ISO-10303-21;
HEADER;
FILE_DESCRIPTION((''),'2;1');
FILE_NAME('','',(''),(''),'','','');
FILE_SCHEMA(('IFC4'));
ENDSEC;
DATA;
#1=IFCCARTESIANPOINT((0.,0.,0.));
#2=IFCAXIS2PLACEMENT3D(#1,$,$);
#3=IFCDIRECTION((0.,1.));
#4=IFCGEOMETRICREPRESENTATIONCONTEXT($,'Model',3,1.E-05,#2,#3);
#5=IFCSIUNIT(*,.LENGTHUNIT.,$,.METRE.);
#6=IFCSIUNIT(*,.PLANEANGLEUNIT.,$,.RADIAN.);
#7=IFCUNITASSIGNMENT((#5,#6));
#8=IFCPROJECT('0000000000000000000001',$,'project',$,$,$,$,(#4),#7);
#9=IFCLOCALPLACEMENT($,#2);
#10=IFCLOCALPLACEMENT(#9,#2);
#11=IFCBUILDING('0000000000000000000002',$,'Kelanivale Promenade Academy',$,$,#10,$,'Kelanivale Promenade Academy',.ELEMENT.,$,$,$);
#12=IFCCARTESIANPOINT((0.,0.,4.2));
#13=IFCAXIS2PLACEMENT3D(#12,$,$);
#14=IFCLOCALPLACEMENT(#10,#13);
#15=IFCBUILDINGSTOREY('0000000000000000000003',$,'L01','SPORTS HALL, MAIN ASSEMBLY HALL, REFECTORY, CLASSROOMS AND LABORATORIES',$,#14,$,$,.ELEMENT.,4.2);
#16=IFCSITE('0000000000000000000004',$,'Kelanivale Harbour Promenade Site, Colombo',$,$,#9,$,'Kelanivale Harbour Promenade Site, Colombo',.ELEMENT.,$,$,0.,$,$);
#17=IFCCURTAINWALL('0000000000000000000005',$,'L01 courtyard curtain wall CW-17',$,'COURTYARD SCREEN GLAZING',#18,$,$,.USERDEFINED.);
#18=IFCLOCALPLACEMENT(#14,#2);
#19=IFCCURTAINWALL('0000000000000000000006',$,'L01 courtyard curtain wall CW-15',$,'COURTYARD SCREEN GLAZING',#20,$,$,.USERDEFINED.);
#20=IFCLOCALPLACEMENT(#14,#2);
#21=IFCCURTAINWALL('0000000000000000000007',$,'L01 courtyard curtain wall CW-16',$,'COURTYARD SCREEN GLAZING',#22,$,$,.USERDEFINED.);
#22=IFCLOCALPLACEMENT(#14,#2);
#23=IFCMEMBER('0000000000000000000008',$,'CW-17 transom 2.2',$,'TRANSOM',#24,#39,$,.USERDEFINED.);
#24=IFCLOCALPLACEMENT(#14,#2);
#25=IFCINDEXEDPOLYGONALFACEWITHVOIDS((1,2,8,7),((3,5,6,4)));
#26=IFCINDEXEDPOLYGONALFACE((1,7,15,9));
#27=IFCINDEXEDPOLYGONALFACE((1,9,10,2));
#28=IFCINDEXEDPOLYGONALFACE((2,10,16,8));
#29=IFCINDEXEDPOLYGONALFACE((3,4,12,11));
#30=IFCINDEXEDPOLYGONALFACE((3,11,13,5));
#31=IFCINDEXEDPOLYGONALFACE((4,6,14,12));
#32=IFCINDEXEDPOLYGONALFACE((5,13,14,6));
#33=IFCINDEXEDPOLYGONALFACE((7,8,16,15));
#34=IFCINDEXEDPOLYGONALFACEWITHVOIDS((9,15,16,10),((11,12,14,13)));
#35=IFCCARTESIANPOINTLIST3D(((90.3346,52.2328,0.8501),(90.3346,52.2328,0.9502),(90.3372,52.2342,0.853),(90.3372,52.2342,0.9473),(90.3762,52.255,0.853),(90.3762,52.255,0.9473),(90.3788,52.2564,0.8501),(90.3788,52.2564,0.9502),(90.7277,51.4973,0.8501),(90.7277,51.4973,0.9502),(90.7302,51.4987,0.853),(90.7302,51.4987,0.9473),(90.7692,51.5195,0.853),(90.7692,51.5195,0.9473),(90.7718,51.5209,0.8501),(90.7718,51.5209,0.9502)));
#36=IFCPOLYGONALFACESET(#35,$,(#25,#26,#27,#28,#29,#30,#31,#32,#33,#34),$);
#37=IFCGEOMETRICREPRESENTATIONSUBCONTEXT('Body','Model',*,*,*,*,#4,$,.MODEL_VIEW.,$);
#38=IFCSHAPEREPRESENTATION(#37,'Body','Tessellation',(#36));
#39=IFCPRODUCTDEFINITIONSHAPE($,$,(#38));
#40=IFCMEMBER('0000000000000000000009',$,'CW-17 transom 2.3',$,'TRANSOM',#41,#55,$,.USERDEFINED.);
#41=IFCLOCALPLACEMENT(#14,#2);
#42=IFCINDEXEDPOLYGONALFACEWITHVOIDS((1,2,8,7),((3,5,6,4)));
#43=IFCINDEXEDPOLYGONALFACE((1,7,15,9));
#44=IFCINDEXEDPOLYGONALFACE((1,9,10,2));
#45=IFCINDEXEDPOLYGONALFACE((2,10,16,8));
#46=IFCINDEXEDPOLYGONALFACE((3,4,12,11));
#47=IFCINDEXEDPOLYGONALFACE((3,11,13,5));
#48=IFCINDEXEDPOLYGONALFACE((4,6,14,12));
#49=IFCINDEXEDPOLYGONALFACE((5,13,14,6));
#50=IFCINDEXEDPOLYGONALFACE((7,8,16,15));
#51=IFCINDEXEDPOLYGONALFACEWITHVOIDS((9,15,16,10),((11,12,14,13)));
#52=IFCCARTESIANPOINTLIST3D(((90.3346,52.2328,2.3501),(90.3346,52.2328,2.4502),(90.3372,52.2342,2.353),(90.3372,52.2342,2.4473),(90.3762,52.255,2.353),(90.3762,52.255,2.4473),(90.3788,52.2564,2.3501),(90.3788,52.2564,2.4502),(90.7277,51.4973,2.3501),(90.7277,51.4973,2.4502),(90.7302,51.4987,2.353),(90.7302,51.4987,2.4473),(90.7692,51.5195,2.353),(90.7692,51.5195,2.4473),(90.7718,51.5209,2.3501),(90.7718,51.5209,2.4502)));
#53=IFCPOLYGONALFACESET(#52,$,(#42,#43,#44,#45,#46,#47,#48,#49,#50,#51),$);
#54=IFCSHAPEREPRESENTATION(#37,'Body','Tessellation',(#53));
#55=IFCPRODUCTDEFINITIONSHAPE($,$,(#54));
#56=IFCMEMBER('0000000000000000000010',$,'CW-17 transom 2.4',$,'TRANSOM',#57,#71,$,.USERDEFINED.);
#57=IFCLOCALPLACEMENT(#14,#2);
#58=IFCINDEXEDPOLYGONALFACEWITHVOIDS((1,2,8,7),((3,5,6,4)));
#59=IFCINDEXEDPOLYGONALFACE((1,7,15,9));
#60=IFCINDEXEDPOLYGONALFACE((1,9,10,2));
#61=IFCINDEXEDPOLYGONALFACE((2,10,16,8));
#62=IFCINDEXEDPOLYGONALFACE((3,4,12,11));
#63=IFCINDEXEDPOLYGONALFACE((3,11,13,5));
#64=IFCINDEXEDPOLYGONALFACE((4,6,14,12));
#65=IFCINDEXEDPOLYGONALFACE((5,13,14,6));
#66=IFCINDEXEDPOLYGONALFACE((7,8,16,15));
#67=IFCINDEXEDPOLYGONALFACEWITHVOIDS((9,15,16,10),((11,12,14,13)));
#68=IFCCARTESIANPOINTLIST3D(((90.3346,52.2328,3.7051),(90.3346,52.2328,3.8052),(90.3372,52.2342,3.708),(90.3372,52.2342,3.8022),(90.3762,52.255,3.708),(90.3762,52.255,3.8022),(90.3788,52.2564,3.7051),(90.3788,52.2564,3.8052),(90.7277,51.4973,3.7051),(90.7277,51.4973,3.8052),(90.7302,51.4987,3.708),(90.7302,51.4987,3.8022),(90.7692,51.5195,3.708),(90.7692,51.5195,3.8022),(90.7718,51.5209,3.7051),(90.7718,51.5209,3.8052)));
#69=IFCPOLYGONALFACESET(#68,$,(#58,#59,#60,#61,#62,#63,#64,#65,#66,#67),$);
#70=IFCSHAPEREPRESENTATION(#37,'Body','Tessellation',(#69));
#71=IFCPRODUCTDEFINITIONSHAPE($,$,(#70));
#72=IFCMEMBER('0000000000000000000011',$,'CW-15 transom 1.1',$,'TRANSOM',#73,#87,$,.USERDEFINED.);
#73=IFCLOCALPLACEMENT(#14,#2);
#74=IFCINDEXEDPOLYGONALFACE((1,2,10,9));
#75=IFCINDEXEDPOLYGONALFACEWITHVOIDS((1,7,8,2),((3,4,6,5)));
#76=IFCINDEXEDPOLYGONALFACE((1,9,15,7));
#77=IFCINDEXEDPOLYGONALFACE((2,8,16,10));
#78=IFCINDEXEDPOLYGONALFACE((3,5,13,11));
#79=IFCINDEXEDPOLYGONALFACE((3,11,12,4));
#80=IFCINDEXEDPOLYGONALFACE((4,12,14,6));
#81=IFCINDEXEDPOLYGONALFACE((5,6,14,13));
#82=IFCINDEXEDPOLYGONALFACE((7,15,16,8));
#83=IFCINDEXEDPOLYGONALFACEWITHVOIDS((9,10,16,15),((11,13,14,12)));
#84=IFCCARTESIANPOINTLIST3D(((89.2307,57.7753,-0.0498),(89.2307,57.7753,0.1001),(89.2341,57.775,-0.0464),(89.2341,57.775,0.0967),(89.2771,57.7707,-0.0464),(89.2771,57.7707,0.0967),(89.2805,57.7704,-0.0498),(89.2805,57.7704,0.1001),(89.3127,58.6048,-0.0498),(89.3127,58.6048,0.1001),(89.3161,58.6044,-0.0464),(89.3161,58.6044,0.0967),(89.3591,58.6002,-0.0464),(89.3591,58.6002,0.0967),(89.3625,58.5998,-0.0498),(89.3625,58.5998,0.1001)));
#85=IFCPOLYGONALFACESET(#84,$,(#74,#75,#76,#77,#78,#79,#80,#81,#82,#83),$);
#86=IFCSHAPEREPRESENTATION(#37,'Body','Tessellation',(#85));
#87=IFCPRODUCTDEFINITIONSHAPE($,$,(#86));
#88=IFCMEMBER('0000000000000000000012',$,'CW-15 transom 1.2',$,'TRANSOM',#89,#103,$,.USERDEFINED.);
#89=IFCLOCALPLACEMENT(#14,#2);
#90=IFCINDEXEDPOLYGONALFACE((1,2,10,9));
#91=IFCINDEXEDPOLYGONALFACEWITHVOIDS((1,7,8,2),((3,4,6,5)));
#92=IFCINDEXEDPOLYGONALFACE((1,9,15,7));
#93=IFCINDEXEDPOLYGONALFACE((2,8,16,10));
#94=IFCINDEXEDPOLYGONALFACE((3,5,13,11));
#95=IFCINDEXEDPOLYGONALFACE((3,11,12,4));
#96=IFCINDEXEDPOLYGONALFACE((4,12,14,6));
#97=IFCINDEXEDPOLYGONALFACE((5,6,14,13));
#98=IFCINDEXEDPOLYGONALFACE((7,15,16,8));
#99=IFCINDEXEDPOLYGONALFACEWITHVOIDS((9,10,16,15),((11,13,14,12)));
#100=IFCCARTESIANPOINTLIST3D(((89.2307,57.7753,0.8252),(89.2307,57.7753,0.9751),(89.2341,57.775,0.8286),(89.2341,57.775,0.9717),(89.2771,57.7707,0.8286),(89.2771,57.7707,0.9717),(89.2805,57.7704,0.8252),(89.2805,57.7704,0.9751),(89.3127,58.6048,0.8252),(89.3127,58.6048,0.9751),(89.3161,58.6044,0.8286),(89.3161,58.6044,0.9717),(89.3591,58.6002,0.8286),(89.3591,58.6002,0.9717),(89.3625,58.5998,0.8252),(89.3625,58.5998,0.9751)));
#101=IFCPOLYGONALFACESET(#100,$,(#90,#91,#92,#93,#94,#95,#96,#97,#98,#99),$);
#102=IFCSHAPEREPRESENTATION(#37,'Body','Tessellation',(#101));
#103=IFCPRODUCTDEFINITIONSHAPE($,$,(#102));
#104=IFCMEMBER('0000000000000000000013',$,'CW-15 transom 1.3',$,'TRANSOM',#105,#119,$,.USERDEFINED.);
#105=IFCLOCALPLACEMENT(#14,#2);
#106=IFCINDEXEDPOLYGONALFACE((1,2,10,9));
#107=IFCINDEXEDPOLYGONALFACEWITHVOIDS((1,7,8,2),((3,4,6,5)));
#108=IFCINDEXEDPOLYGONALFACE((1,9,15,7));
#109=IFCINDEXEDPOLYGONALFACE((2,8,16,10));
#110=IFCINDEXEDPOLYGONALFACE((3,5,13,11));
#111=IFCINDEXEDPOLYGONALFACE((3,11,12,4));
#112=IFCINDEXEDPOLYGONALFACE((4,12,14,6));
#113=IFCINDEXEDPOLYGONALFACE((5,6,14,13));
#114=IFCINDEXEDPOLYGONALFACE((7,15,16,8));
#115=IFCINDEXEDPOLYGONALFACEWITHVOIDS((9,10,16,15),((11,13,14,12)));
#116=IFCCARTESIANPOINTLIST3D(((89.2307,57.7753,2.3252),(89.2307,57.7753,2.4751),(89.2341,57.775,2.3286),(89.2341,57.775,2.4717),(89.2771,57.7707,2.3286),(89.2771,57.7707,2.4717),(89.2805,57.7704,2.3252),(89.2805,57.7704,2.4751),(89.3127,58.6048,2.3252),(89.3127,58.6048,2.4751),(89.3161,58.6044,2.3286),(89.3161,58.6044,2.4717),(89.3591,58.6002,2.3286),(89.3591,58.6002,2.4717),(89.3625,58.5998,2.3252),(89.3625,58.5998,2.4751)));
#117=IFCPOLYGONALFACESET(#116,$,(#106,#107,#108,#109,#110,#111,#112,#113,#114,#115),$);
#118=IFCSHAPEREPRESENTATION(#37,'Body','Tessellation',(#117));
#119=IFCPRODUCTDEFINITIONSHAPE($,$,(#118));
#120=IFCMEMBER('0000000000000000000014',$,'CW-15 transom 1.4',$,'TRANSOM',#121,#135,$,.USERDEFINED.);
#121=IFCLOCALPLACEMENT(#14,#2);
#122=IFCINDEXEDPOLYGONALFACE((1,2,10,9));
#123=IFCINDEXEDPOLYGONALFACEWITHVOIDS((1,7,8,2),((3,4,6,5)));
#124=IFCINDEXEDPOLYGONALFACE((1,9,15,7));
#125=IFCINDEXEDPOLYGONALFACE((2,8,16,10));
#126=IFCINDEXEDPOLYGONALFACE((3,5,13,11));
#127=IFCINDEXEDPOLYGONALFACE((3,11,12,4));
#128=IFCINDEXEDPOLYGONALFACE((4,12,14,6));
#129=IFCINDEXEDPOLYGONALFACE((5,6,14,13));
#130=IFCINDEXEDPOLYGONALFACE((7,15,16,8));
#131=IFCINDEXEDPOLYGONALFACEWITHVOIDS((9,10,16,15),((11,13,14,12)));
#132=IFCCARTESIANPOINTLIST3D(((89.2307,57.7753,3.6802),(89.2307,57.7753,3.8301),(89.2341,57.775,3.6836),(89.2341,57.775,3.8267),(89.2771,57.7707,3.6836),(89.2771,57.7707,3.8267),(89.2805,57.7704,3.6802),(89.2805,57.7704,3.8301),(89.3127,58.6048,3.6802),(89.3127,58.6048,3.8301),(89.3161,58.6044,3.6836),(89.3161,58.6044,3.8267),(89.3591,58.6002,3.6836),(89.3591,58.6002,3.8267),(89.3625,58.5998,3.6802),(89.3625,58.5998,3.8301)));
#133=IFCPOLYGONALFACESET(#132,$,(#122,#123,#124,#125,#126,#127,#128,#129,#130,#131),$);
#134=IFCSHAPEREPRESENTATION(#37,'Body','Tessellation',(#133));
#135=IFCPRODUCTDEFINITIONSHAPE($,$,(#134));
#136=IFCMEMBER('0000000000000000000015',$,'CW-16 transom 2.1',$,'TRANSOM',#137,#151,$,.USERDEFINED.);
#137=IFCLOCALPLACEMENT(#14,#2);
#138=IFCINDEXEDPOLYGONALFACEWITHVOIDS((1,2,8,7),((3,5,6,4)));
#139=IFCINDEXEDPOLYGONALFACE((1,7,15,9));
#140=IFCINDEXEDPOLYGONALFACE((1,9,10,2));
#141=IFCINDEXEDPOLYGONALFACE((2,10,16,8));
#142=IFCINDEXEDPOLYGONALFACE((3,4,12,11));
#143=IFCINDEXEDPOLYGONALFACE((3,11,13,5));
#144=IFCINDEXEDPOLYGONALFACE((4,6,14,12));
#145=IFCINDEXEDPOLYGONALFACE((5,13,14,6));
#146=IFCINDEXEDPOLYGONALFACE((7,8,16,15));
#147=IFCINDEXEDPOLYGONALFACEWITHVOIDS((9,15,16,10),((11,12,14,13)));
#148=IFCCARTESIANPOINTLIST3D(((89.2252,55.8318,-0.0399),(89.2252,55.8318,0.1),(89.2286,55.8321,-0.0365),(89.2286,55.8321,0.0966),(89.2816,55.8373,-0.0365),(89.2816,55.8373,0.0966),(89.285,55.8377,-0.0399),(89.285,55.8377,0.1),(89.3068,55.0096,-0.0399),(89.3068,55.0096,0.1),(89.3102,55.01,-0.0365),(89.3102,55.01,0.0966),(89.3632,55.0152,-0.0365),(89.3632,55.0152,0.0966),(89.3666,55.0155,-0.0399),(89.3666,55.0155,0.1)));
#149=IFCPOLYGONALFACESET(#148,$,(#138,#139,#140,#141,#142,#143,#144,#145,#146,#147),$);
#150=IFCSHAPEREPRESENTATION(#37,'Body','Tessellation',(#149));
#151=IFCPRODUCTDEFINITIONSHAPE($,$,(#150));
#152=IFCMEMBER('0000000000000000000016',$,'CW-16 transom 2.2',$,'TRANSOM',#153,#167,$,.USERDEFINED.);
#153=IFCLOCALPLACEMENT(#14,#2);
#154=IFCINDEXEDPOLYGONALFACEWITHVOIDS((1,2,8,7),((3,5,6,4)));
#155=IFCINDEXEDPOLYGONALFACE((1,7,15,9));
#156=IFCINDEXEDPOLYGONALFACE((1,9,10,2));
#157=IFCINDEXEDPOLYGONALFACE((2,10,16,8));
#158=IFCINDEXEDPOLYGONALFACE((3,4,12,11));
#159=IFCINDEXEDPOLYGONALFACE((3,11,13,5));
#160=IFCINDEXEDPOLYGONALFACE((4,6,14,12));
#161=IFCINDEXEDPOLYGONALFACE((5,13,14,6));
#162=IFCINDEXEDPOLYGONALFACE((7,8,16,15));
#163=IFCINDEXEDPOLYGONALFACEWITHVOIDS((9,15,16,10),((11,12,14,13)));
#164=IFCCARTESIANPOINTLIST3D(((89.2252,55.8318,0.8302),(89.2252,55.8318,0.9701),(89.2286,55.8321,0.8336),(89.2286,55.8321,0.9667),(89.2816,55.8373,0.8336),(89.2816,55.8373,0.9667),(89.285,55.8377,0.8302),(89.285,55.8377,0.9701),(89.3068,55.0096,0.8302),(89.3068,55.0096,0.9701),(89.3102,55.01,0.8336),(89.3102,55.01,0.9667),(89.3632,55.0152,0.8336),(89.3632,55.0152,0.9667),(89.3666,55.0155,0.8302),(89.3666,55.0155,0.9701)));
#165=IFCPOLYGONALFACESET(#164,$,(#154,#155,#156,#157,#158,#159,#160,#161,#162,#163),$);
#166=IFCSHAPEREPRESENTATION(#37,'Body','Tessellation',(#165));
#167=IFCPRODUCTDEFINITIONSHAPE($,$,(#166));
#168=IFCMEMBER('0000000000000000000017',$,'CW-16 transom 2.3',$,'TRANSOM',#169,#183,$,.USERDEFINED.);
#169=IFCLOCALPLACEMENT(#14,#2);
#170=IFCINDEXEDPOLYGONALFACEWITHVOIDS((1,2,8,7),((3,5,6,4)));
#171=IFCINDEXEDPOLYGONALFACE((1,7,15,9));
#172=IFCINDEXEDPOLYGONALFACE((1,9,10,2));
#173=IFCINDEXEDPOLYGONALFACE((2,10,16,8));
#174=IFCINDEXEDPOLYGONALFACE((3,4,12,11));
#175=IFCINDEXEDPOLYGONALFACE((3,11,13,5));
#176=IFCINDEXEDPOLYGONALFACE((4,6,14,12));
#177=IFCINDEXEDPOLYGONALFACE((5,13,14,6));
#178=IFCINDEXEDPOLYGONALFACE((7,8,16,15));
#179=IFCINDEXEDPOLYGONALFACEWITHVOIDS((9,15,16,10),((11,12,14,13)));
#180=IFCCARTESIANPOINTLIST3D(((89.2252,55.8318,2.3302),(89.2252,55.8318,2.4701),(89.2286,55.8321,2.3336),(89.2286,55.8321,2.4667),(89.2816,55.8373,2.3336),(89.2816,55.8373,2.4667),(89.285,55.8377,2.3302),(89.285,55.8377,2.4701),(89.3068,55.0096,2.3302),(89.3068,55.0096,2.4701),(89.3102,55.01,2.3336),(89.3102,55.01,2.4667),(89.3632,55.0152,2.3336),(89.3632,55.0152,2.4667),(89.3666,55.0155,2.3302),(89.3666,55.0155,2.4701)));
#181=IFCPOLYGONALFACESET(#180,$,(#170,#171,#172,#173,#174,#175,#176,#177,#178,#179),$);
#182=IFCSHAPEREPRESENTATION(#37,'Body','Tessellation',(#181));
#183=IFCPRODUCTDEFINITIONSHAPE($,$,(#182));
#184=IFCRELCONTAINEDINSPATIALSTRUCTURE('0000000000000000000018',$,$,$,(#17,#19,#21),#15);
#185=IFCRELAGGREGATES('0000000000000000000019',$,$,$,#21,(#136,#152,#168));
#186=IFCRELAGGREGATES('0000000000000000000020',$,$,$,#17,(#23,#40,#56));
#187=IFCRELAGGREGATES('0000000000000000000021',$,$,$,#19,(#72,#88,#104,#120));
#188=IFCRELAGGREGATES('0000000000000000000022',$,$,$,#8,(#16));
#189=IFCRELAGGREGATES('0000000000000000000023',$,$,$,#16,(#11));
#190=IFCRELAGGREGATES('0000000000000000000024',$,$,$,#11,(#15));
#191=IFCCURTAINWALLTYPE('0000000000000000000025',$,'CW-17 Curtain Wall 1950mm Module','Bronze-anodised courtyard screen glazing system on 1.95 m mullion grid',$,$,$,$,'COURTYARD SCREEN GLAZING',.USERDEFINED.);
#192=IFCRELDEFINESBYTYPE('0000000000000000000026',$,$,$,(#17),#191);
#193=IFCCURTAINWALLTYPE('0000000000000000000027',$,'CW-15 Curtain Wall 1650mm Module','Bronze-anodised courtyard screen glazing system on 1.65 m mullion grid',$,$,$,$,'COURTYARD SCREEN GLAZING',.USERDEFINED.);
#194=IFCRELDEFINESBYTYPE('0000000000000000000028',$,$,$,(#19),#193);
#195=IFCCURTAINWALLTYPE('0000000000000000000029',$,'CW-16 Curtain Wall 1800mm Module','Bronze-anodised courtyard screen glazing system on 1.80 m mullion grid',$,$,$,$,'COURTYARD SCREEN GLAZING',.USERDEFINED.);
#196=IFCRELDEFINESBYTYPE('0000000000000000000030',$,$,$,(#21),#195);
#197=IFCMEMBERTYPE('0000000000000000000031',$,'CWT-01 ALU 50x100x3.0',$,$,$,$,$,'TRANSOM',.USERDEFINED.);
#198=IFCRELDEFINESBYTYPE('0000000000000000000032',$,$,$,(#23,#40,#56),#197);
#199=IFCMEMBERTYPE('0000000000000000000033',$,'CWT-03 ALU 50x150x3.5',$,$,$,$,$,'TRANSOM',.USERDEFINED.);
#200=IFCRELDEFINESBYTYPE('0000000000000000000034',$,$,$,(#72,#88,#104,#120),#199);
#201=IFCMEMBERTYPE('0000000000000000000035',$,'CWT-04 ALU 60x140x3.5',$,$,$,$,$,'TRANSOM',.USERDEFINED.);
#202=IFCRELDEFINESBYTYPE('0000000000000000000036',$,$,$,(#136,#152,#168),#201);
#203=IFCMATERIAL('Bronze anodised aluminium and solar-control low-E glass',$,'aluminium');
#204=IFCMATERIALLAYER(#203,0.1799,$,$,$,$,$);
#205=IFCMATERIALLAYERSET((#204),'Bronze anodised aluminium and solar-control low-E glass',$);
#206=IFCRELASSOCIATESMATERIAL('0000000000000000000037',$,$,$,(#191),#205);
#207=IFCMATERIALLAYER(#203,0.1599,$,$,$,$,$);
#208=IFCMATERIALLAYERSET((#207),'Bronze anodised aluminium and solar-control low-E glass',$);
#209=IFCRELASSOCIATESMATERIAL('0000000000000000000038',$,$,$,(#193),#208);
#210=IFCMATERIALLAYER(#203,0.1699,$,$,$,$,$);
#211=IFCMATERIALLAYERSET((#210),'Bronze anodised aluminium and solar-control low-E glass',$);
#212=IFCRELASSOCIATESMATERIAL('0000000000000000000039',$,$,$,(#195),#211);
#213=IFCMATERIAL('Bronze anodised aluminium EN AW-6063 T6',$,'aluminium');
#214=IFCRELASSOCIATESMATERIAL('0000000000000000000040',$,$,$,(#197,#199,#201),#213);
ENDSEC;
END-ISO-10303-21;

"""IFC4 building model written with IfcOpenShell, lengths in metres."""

from ifc_helpers import new_model, si_unit, direction, frame, origin, origin_2d, place, context, subcontext, project, spatial, hollow_rectangle, extrude, material, layer, layer_set, material_profile, profile_set, type_object, element, aggregate, save


model = new_model("IFC4")

# Units and contexts
model_context = context("Model", 3, precision=1e-05, world=origin(), true_north=direction((0.0, 1.0)))
body_context = subcontext(model_context, "Body", "Model", "MODEL_VIEW")
ifc_project = project(units=[si_unit("LENGTHUNIT", "METRE"), si_unit("PLANEANGLEUNIT", "RADIAN")], contexts=[model_context])

# Site, building, storey
site_placement = place(None, origin())
site = spatial("IfcSite", under=ifc_project, at=site_placement, Name="Kelanivale Harbour Promenade Site, Colombo", LongName="Kelanivale Harbour Promenade Site, Colombo", CompositionType="ELEMENT", RefElevation=0.0)
building_placement = place(site_placement, origin())
building = spatial("IfcBuilding", under=site, at=building_placement, Name="Kelanivale Promenade Academy", LongName="Kelanivale Promenade Academy", CompositionType="ELEMENT")
storey_placement = place(building_placement, frame((0.0, 0.0, 4.2)))
storey = spatial("IfcBuildingStorey", under=building, at=storey_placement, Name="L01", Description="SPORTS HALL, MAIN ASSEMBLY HALL, REFECTORY, CLASSROOMS AND LABORATORIES", CompositionType="ELEMENT", Elevation=4.2)

# Curtain wall
ifc_material_1 = material(Name="Bronze anodised aluminium and solar-control low-E glass", Category="aluminium")
ifc_layer_1 = layer(ifc_material_1, 0.1799)
ifc_layer_set_1 = layer_set([ifc_layer_1], Name="Bronze anodised aluminium and solar-control low-E glass")
curtain_wall_type_1 = type_object("IfcCurtainWallType", Name="CW-17 Curtain Wall 1950mm Module", Description="Bronze-anodised courtyard screen glazing system on 1.95 m mullion grid", ElementType="COURTYARD SCREEN GLAZING", PredefinedType="USERDEFINED", material=ifc_layer_set_1)
curtain_wall_1_placement = place(storey_placement, origin())
curtain_wall_1 = element("IfcCurtainWall", 1, at=curtain_wall_1_placement, inside=storey, type_object=curtain_wall_type_1, Name="L01 courtyard curtain wall CW-17", ObjectType="COURTYARD SCREEN GLAZING", PredefinedType="USERDEFINED")
ifc_material_2 = material(Name="Bronze anodised aluminium EN AW-6063 T6", Category="aluminium")

# Curtain walls
ifc_layer_2 = layer(ifc_material_1, 0.1599)
ifc_layer_set_2 = layer_set([ifc_layer_2], Name="Bronze anodised aluminium and solar-control low-E glass")
curtain_wall_type_2 = type_object("IfcCurtainWallType", Name="CW-15 Curtain Wall 1650mm Module", Description="Bronze-anodised courtyard screen glazing system on 1.65 m mullion grid", ElementType="COURTYARD SCREEN GLAZING", PredefinedType="USERDEFINED", material=ifc_layer_set_2)
curtain_wall_2_placement = place(storey_placement, origin())
curtain_wall_2 = element("IfcCurtainWall", 2, at=curtain_wall_2_placement, inside=storey, type_object=curtain_wall_type_2, Name="L01 courtyard curtain wall CW-15", ObjectType="COURTYARD SCREEN GLAZING", PredefinedType="USERDEFINED")
ifc_layer_3 = layer(ifc_material_1, 0.1699)
ifc_layer_set_3 = layer_set([ifc_layer_3], Name="Bronze anodised aluminium and solar-control low-E glass")
curtain_wall_type_3 = type_object("IfcCurtainWallType", Name="CW-16 Curtain Wall 1800mm Module", Description="Bronze-anodised courtyard screen glazing system on 1.80 m mullion grid", ElementType="COURTYARD SCREEN GLAZING", PredefinedType="USERDEFINED", material=ifc_layer_set_3)
curtain_wall_3_placement = place(storey_placement, origin())
curtain_wall_3 = element("IfcCurtainWall", 3, at=curtain_wall_3_placement, inside=storey, type_object=curtain_wall_type_3, Name="L01 courtyard curtain wall CW-16", ObjectType="COURTYARD SCREEN GLAZING", PredefinedType="USERDEFINED")

# Members
ifc_material_profile_1 = material_profile(ifc_material_2, hollow_rectangle(XDim=0.05, YDim=0.1001, WallThickness=0.0029, at=origin_2d()), Name="ALU 50x100x3.0")
ifc_profile_set_1 = profile_set([ifc_material_profile_1], Name="Bronze anodised aluminium EN AW-6063 T6")
member_type_1 = type_object("IfcMemberType", Name="CWT-01 ALU 50x100x3.0", ElementType="TRANSOM", PredefinedType="USERDEFINED", material=ifc_profile_set_1)
member_1_placement = place(storey_placement, frame((90.3567, 52.2446, 0.9001), z_axis=(0.471287, -0.88198, 0.0), x_axis=(0.88198, 0.471287, 0.0)))
member_1 = element("IfcMember", 4, at=member_1_placement, type_object=member_type_1, Name="CW-17 transom 2.2", ObjectType="TRANSOM", PredefinedType="USERDEFINED", context=body_context, shape_type="SweptSolid", body=[
    extrude(hollow_rectangle(XDim=0.05, YDim=0.1001, WallThickness=0.0029, at=origin_2d()), origin(), (0.0, 0.0, 1.0), 0.834),
])
member_2_placement = place(storey_placement, frame((90.3567, 52.2446, 2.4001), z_axis=(0.471287, -0.88198, 0.0), x_axis=(0.88198, 0.471287, 0.0)))
member_2 = element("IfcMember", 5, at=member_2_placement, type_object=member_type_1, Name="CW-17 transom 2.3", ObjectType="TRANSOM", PredefinedType="USERDEFINED", context=body_context, shape_type="SweptSolid", body=[
    extrude(hollow_rectangle(XDim=0.05, YDim=0.1001, WallThickness=0.0029, at=origin_2d()), origin(), (0.0, 0.0, 1.0), 0.834),
])
member_3_placement = place(storey_placement, frame((90.3567, 52.2446, 3.7551), z_axis=(0.471287, -0.88198, 0.0), x_axis=(0.88198, 0.471287, 0.0)))
member_3 = element("IfcMember", 6, at=member_3_placement, type_object=member_type_1, Name="CW-17 transom 2.4", ObjectType="TRANSOM", PredefinedType="USERDEFINED", context=body_context, shape_type="SweptSolid", body=[
    extrude(hollow_rectangle(XDim=0.05, YDim=0.1001, WallThickness=0.0029, at=origin_2d()), origin(), (0.0, 0.0, 1.0), 0.834),
])
ifc_material_profile_2 = material_profile(ifc_material_2, hollow_rectangle(XDim=0.05, YDim=0.1499, WallThickness=0.0034, at=origin_2d()), Name="ALU 50x150x3.5")
ifc_profile_set_2 = profile_set([ifc_material_profile_2], Name="Bronze anodised aluminium EN AW-6063 T6")
member_type_2 = type_object("IfcMemberType", Name="CWT-03 ALU 50x150x3.5", ElementType="TRANSOM", PredefinedType="USERDEFINED", material=ifc_profile_set_2)
member_4_placement = place(storey_placement, frame((89.3376, 58.6023, 0.0251), z_axis=(-0.09843, -0.995144, 0.0), x_axis=(0.995144, -0.09843, 0.0)))
member_4 = element("IfcMember", 7, at=member_4_placement, type_object=member_type_2, Name="CW-15 transom 1.1", ObjectType="TRANSOM", PredefinedType="USERDEFINED", context=body_context, shape_type="SweptSolid", body=[
    extrude(hollow_rectangle(XDim=0.05, YDim=0.1499, WallThickness=0.0034, at=origin_2d()), origin(), (0.0, 0.0, 1.0), 0.8335),
])
member_5_placement = place(storey_placement, frame((89.3376, 58.6023, 0.9001), z_axis=(-0.09843, -0.995144, 0.0), x_axis=(0.995144, -0.09843, 0.0)))
member_5 = element("IfcMember", 8, at=member_5_placement, type_object=member_type_2, Name="CW-15 transom 1.2", ObjectType="TRANSOM", PredefinedType="USERDEFINED", context=body_context, shape_type="SweptSolid", body=[
    extrude(hollow_rectangle(XDim=0.05, YDim=0.1499, WallThickness=0.0034, at=origin_2d()), origin(), (0.0, 0.0, 1.0), 0.8335),
])
member_6_placement = place(storey_placement, frame((89.3376, 58.6023, 2.4001), z_axis=(-0.09843, -0.995144, 0.0), x_axis=(0.995144, -0.09843, 0.0)))
member_6 = element("IfcMember", 9, at=member_6_placement, type_object=member_type_2, Name="CW-15 transom 1.3", ObjectType="TRANSOM", PredefinedType="USERDEFINED", context=body_context, shape_type="SweptSolid", body=[
    extrude(hollow_rectangle(XDim=0.05, YDim=0.1499, WallThickness=0.0034, at=origin_2d()), origin(), (0.0, 0.0, 1.0), 0.8335),
])
member_7_placement = place(storey_placement, frame((89.3376, 58.6023, 3.7551), z_axis=(-0.09843, -0.995144, 0.0), x_axis=(0.995144, -0.09843, 0.0)))
member_7 = element("IfcMember", 10, at=member_7_placement, type_object=member_type_2, Name="CW-15 transom 1.4", ObjectType="TRANSOM", PredefinedType="USERDEFINED", context=body_context, shape_type="SweptSolid", body=[
    extrude(hollow_rectangle(XDim=0.05, YDim=0.1499, WallThickness=0.0034, at=origin_2d()), origin(), (0.0, 0.0, 1.0), 0.8335),
])
ifc_material_profile_3 = material_profile(ifc_material_2, hollow_rectangle(XDim=0.0601, YDim=0.1399, WallThickness=0.0034, at=origin_2d()), Name="ALU 60x140x3.5")
ifc_profile_set_3 = profile_set([ifc_material_profile_3], Name="Bronze anodised aluminium EN AW-6063 T6")
member_type_3 = type_object("IfcMemberType", Name="CWT-04 ALU 60x140x3.5", ElementType="TRANSOM", PredefinedType="USERDEFINED", material=ifc_profile_set_3)
member_8_placement = place(storey_placement, frame((89.2551, 55.8347, 0.03), z_axis=(0.098714, -0.995116, 0.0), x_axis=(0.995116, 0.098714, 0.0)))
member_8 = element("IfcMember", 11, at=member_8_placement, type_object=member_type_3, Name="CW-16 transom 2.1", ObjectType="TRANSOM", PredefinedType="USERDEFINED", context=body_context, shape_type="SweptSolid", body=[
    extrude(hollow_rectangle(XDim=0.0601, YDim=0.1399, WallThickness=0.0034, at=origin_2d()), origin(), (0.0, 0.0, 1.0), 0.8262),
])
member_9_placement = place(storey_placement, frame((89.2551, 55.8347, 0.9001), z_axis=(0.098714, -0.995116, 0.0), x_axis=(0.995116, 0.098714, 0.0)))
member_9 = element("IfcMember", 12, at=member_9_placement, type_object=member_type_3, Name="CW-16 transom 2.2", ObjectType="TRANSOM", PredefinedType="USERDEFINED", context=body_context, shape_type="SweptSolid", body=[
    extrude(hollow_rectangle(XDim=0.0601, YDim=0.1399, WallThickness=0.0034, at=origin_2d()), origin(), (0.0, 0.0, 1.0), 0.8262),
])
member_10_placement = place(storey_placement, frame((89.2551, 55.8347, 2.4001), z_axis=(0.098714, -0.995116, 0.0), x_axis=(0.995116, 0.098714, 0.0)))
member_10 = element("IfcMember", 13, at=member_10_placement, type_object=member_type_3, Name="CW-16 transom 2.3", ObjectType="TRANSOM", PredefinedType="USERDEFINED", context=body_context, shape_type="SweptSolid", body=[
    extrude(hollow_rectangle(XDim=0.0601, YDim=0.1399, WallThickness=0.0034, at=origin_2d()), origin(), (0.0, 0.0, 1.0), 0.8262),
])

aggregate(curtain_wall_3, [member_8, member_9, member_10])
aggregate(curtain_wall_1, [member_1, member_2, member_3])
aggregate(curtain_wall_2, [member_4, member_5, member_6, member_7])

save(model, "model.ifc")
